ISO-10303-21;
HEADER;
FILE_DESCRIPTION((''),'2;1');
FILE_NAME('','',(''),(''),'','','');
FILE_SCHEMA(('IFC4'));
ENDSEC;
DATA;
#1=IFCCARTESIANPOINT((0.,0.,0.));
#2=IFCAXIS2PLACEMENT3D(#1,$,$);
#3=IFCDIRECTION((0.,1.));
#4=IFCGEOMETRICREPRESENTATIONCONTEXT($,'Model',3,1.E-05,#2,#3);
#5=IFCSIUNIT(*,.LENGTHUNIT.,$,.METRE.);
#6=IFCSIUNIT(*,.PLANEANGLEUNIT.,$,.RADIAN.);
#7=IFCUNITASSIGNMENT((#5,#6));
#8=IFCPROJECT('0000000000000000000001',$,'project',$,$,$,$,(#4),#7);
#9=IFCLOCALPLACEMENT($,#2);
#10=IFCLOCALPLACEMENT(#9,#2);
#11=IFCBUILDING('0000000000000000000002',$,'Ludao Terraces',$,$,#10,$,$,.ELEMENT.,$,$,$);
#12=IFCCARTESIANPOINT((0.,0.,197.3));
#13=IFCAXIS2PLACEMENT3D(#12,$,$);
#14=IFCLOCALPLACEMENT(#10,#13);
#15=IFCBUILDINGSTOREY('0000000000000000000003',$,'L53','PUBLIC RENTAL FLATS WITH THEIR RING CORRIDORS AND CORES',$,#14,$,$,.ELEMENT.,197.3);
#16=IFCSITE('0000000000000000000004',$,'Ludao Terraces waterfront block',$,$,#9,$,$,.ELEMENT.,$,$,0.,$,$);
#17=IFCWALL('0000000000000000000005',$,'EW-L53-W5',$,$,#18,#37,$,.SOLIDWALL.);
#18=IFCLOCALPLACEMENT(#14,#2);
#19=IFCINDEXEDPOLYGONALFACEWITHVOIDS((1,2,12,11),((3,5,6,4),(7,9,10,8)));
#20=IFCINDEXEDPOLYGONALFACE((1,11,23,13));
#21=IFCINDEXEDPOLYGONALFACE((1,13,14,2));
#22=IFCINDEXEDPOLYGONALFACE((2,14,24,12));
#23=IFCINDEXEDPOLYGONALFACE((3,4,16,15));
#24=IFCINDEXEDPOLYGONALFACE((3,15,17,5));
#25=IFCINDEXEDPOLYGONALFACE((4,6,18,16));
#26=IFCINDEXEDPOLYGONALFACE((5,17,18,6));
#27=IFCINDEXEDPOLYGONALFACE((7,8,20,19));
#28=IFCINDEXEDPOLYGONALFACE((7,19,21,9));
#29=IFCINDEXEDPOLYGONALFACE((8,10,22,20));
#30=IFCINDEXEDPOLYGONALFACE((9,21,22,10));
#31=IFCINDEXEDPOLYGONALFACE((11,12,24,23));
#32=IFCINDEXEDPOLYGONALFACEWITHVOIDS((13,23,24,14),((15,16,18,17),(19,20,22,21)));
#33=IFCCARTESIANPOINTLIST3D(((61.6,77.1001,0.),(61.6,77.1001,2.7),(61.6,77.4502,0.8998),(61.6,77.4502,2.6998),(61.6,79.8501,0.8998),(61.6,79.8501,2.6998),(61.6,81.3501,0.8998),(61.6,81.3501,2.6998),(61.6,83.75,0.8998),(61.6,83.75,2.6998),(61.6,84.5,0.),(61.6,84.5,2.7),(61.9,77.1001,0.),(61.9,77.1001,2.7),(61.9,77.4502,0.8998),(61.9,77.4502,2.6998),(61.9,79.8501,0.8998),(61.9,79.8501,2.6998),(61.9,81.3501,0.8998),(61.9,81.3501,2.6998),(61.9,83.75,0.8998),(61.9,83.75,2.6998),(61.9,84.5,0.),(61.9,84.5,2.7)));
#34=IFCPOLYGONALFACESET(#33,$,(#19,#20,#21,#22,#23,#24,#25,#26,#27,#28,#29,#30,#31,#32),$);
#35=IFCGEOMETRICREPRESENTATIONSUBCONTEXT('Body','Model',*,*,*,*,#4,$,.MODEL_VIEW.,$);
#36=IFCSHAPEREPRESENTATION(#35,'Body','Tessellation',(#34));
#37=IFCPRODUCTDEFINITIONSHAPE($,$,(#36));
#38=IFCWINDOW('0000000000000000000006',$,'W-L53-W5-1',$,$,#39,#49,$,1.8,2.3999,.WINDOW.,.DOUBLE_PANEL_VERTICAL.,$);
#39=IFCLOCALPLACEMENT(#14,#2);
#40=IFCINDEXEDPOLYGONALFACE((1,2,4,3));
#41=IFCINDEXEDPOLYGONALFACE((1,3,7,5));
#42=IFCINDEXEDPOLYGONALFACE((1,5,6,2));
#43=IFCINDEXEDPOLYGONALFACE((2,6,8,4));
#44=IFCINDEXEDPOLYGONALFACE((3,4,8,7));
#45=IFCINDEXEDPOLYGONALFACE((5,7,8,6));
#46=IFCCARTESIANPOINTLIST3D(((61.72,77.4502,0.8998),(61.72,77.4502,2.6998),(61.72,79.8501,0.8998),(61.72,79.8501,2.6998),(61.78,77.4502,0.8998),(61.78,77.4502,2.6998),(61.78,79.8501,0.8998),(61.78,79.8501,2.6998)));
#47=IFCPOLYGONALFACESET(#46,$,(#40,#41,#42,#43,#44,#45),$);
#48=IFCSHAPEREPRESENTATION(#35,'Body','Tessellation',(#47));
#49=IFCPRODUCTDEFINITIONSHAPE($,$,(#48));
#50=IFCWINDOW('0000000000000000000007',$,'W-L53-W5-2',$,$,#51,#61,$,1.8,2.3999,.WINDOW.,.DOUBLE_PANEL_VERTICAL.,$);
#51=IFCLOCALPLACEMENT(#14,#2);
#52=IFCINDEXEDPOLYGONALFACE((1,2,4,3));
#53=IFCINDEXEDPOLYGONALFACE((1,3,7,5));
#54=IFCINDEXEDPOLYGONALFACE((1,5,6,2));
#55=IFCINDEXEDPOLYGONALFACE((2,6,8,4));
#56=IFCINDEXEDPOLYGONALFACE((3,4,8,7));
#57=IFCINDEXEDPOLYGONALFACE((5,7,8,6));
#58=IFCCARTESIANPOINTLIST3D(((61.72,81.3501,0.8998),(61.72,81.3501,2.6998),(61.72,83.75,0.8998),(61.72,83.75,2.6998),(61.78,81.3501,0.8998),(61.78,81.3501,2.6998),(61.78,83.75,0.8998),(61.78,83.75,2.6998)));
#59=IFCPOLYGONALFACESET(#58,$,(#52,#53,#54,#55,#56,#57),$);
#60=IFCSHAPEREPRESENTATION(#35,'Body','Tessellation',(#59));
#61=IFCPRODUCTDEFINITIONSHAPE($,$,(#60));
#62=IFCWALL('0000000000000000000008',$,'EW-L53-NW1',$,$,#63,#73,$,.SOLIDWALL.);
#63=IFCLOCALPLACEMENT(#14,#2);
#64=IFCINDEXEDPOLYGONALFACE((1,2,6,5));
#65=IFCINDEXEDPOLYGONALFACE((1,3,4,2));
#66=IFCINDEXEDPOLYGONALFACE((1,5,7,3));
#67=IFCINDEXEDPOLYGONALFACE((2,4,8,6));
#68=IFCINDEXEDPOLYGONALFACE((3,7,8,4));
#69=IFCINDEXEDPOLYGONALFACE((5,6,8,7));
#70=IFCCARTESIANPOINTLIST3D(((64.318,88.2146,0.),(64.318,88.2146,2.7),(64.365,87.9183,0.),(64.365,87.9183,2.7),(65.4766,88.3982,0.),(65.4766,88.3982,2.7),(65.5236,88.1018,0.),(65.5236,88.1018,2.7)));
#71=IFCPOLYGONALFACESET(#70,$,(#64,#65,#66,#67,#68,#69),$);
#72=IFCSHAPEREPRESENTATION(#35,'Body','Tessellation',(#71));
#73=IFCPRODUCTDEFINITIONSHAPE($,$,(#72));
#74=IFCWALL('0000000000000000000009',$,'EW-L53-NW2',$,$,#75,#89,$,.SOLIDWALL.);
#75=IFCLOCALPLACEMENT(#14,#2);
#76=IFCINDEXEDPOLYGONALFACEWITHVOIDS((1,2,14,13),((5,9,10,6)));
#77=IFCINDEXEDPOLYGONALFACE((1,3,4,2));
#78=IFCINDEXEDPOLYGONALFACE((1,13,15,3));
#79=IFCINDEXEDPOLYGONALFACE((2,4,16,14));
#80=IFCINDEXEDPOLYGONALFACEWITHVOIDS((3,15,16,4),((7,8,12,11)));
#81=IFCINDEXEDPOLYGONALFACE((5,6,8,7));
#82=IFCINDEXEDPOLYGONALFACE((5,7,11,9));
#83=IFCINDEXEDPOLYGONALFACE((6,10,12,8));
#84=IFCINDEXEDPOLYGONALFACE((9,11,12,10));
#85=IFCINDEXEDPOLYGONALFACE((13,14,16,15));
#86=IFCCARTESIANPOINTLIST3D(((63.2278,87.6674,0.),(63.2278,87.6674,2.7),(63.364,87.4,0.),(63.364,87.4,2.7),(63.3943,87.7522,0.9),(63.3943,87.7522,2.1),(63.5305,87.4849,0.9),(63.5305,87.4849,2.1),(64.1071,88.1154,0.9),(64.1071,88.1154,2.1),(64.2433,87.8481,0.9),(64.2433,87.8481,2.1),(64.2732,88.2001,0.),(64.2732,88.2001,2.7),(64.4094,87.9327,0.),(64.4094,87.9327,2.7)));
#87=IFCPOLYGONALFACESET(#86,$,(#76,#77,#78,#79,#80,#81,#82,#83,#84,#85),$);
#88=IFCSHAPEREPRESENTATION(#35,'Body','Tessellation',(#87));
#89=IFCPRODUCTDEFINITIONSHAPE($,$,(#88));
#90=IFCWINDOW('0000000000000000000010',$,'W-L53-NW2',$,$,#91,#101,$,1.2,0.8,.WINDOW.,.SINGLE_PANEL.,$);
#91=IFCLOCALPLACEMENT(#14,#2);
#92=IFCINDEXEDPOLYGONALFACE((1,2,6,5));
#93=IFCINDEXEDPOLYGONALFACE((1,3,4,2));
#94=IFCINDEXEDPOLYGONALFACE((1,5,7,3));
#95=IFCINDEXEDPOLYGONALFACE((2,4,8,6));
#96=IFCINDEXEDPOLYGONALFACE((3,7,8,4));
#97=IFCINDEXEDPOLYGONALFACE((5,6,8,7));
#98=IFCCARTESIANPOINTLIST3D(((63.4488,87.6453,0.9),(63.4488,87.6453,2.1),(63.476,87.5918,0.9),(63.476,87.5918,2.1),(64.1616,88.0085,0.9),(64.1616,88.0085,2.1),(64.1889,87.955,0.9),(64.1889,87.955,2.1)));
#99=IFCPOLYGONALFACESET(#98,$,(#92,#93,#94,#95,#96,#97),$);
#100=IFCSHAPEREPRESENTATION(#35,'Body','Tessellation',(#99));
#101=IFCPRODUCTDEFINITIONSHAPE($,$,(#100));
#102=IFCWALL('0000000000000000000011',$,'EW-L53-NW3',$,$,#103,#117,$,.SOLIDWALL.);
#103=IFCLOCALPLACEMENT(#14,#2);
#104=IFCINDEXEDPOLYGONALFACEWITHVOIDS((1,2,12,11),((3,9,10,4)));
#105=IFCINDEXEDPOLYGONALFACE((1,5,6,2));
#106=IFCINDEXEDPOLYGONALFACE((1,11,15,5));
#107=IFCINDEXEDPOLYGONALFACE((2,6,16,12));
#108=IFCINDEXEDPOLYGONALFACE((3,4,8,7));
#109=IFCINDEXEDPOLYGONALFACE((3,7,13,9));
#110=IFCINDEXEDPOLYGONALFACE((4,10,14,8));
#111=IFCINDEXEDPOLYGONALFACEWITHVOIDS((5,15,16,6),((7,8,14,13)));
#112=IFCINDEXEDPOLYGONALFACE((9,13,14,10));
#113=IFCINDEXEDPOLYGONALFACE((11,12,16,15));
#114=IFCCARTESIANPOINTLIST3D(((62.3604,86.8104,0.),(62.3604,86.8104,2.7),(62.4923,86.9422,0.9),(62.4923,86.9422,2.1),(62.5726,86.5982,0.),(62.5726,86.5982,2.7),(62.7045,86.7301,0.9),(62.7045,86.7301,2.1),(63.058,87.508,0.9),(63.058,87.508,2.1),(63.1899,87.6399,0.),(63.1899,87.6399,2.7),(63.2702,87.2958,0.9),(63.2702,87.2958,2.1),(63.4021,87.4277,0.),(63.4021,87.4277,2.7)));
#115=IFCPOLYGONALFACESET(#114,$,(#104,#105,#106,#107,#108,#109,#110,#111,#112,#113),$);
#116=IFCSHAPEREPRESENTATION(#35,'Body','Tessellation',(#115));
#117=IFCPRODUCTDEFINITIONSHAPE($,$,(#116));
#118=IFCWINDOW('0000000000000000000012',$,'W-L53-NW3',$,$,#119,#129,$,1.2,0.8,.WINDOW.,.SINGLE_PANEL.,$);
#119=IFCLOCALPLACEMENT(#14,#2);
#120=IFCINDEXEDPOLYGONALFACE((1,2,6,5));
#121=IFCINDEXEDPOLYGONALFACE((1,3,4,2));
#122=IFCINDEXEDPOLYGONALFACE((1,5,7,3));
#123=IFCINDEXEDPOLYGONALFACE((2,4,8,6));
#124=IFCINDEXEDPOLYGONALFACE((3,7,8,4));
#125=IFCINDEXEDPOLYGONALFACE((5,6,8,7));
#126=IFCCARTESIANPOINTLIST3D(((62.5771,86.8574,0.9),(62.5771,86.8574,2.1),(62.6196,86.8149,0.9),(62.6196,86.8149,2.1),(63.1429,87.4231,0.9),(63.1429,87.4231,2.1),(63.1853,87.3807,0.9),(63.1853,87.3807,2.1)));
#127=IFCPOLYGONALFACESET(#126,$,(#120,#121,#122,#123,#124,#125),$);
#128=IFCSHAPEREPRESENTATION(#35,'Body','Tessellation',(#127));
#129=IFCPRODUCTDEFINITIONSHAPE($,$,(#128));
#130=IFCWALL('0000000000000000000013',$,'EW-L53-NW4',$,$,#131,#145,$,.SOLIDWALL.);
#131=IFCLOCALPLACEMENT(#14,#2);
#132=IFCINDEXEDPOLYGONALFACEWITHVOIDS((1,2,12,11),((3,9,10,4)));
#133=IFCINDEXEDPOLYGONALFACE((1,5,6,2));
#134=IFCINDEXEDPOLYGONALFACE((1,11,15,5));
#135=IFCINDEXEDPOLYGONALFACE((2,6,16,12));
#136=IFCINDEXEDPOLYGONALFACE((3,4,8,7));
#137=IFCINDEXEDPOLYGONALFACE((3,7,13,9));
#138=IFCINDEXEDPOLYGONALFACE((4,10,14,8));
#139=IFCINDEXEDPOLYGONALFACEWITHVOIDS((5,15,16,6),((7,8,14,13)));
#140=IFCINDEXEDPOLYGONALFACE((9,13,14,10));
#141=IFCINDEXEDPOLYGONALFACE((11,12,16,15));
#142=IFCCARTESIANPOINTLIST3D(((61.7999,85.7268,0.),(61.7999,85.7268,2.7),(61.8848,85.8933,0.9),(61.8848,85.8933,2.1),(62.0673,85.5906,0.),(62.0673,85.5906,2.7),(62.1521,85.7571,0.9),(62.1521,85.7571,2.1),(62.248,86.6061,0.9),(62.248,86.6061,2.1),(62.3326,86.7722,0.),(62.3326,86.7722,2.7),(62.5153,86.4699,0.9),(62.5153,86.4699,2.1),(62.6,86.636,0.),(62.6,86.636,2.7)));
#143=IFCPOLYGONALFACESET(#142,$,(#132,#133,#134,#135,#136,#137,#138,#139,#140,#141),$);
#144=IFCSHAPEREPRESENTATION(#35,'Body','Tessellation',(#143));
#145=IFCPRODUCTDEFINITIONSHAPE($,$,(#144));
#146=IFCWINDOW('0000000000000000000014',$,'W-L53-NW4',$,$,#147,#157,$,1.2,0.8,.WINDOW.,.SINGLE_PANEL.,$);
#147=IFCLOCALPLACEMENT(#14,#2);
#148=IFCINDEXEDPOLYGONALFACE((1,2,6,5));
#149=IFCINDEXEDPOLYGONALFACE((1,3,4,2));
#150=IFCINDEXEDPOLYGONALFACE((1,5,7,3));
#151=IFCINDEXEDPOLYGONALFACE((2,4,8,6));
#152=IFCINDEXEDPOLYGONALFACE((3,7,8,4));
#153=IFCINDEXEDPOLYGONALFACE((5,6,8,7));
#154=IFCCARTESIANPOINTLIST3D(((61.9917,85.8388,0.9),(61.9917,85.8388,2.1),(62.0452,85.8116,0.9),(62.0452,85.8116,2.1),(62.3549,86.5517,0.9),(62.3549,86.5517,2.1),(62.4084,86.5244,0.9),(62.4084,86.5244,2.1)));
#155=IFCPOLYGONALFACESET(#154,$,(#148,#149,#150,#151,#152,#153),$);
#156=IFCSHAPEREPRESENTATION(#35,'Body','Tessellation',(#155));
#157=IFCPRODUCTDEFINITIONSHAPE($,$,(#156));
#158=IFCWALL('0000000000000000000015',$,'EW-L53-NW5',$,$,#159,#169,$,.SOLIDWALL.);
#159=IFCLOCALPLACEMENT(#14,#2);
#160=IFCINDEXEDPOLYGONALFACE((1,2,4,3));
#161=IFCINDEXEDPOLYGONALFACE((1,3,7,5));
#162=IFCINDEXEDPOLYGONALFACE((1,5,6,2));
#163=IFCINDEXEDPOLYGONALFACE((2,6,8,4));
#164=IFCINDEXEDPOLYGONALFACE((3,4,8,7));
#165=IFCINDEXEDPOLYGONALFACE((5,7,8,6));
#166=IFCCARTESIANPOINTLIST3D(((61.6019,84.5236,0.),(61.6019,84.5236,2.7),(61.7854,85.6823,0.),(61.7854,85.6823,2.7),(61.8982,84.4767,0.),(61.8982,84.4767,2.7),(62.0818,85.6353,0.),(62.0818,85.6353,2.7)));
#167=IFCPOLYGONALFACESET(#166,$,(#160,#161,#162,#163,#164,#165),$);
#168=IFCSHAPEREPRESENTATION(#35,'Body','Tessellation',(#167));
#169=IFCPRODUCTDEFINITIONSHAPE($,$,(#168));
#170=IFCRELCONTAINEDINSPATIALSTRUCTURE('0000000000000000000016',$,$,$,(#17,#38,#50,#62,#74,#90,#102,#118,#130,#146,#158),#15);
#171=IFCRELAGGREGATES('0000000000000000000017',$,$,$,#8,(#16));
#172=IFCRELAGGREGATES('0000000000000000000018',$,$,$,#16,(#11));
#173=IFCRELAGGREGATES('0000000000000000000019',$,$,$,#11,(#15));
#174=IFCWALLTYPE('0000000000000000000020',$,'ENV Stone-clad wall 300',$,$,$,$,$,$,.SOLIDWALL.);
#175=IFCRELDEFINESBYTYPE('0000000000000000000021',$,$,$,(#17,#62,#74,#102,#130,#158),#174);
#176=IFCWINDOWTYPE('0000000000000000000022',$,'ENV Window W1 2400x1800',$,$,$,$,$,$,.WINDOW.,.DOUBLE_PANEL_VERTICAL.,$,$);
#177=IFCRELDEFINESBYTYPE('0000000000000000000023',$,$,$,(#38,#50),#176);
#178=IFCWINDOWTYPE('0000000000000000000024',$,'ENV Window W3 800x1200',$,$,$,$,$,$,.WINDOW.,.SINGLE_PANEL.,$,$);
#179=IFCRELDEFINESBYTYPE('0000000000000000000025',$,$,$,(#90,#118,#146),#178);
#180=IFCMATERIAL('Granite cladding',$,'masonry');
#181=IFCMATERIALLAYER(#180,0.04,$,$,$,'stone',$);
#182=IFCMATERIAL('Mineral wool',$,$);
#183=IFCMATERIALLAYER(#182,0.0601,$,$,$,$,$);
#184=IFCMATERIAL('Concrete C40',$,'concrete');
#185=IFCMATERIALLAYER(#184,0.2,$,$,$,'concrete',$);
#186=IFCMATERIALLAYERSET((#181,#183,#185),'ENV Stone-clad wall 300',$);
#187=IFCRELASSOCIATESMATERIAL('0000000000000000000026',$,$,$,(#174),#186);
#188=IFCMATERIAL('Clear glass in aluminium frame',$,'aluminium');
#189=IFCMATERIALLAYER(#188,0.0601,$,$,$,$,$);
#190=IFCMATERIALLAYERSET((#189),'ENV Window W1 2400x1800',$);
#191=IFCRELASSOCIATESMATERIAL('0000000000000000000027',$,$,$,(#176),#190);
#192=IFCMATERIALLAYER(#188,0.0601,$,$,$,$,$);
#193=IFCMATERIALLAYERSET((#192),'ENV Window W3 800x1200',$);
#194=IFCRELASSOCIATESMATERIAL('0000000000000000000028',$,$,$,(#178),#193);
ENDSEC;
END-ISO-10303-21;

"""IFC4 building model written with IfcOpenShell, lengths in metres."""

from ifc_helpers import new_model, si_unit, direction, frame, frame_2d, origin, place, context, subcontext, project, spatial, rectangle, extrude, material, layer, layer_set, type_object, element, fill, save


model = new_model("IFC4")

# Units and contexts
model_context = context("Model", 3, precision=1e-05, world=origin(), true_north=direction((0.0, 1.0)))
body_context = subcontext(model_context, "Body", "Model", "MODEL_VIEW")
ifc_project = project(units=[si_unit("LENGTHUNIT", "METRE"), si_unit("PLANEANGLEUNIT", "RADIAN")], contexts=[model_context])

# Site, building, storey
site_placement = place(None, origin())
site = spatial("IfcSite", under=ifc_project, at=site_placement, Name="Ludao Terraces waterfront block", CompositionType="ELEMENT", RefElevation=0.0)
building_placement = place(site_placement, origin())
building = spatial("IfcBuilding", under=site, at=building_placement, Name="Ludao Terraces", CompositionType="ELEMENT")
storey_placement = place(building_placement, frame((0.0, 0.0, 197.3)))
storey = spatial("IfcBuildingStorey", under=building, at=storey_placement, Name="L53", Description="PUBLIC RENTAL FLATS WITH THEIR RING CORRIDORS AND CORES", CompositionType="ELEMENT", Elevation=197.3)

# Shared definitions
ifc_material_1 = material(Name="Concrete C40", Category="concrete")

# Wall, openings, windows
ifc_material_2 = material(Name="Granite cladding", Category="masonry")
ifc_layer_1 = layer(ifc_material_2, 0.04, Category="stone")
ifc_material_3 = material(Name="Mineral wool")
ifc_layer_2 = layer(ifc_material_3, 0.0601)
ifc_layer_3 = layer(ifc_material_1, 0.2, Category="concrete")
ifc_layer_set_1 = layer_set([ifc_layer_1, ifc_layer_2, ifc_layer_3], Name="ENV Stone-clad wall 300")
wall_type_1 = type_object("IfcWallType", Name="ENV Stone-clad wall 300", PredefinedType="SOLIDWALL", material=ifc_layer_set_1)
ifc_material_4 = material(Name="Clear glass in aluminium frame", Category="aluminium")
ifc_layer_4 = layer(ifc_material_4, 0.0601)
ifc_layer_set_2 = layer_set([ifc_layer_4], Name="ENV Window W1 2400x1800")
window_type_1 = type_object("IfcWindowType", Name="ENV Window W1 2400x1800", PartitioningType="DOUBLE_PANEL_VERTICAL", PredefinedType="WINDOW", material=ifc_layer_set_2)
wall_1_placement = place(storey_placement, frame((61.75, 77.1001, 0.0), z_axis=(0.0, 0.0, 1.0), x_axis=(0.0, 1.0, 0.0)))
wall_1 = element("IfcWall", 1, at=wall_1_placement, inside=storey, type_object=wall_type_1, Name="EW-L53-W5", PredefinedType="SOLIDWALL", context=body_context, shape_type="SweptSolid", body=[
    extrude(rectangle(XDim=7.3999, YDim=0.3, at=frame_2d((3.7, 0.0))), origin(), (0.0, 0.0, 1.0), 2.7),
])
opening_1_placement = place(wall_1_placement, frame((0.3501, 0.0, 0.8999)))
opening_1 = element("IfcOpeningElement", 2, at=opening_1_placement, cuts=wall_1, PredefinedType="OPENING", context=body_context, shape_type="SweptSolid", body=[
    extrude(rectangle(XDim=2.3999, YDim=1.8, at=frame_2d((1.2, 0.8999))), frame((0.0, 0.1602, 0.0), z_axis=(0.0, -1.0, 0.0), x_axis=(1.0, 0.0, 0.0)), (0.0, 0.0, 1.0), 0.3201),
])
opening_2_placement = place(wall_1_placement, frame((4.25, 0.0, 0.8999)))
opening_2 = element("IfcOpeningElement", 3, at=opening_2_placement, cuts=wall_1, PredefinedType="OPENING", context=body_context, shape_type="SweptSolid", body=[
    extrude(rectangle(XDim=2.3999, YDim=1.8, at=frame_2d((1.2, 0.8999))), frame((0.0, 0.1602, 0.0), z_axis=(0.0, -1.0, 0.0), x_axis=(1.0, 0.0, 0.0)), (0.0, 0.0, 1.0), 0.3201),
])
window_1_placement = place(opening_1_placement, origin())
window_1 = element("IfcWindow", 4, at=window_1_placement, inside=storey, type_object=window_type_1, Name="W-L53-W5-1", OverallHeight=1.8, OverallWidth=2.3999, PartitioningType="DOUBLE_PANEL_VERTICAL", PredefinedType="WINDOW", context=body_context, shape_type="SweptSolid", body=[
    extrude(rectangle(XDim=2.3999, YDim=1.8, at=frame_2d((1.2, 0.8999))), frame((0.0, 0.03, 0.0), z_axis=(0.0, -1.0, 0.0), x_axis=(1.0, 0.0, 0.0)), (0.0, 0.0, 1.0), 0.0601),
])
fill(opening_1, window_1)
window_2_placement = place(opening_2_placement, origin())
window_2 = element("IfcWindow", 5, at=window_2_placement, inside=storey, type_object=window_type_1, Name="W-L53-W5-2", OverallHeight=1.8, OverallWidth=2.3999, PartitioningType="DOUBLE_PANEL_VERTICAL", PredefinedType="WINDOW", context=body_context, shape_type="SweptSolid", body=[
    extrude(rectangle(XDim=2.3999, YDim=1.8, at=frame_2d((1.2, 0.8999))), frame((0.0, 0.03, 0.0), z_axis=(0.0, -1.0, 0.0), x_axis=(1.0, 0.0, 0.0)), (0.0, 0.0, 1.0), 0.0601),
])
fill(opening_2, window_2)

# Wall
wall_2_placement = place(storey_placement, frame((65.5, 88.25, 0.0), z_axis=(0.0, 0.0, 1.0), x_axis=(-0.987678, -0.156497, 0.0)))
element("IfcWall", 6, at=wall_2_placement, inside=storey, type_object=wall_type_1, Name="EW-L53-NW1", PredefinedType="SOLIDWALL", context=body_context, shape_type="SweptSolid", body=[
    extrude(rectangle(XDim=1.1731, YDim=0.3, at=frame_2d((0.5864, 0.0))), origin(), (0.0, 0.0, 1.0), 2.7),
])

# Walls, openings, windows
wall_3_placement = place(storey_placement, frame((64.3413, 88.0664, 0.0), z_axis=(0.0, 0.0, 1.0), x_axis=(-0.890989, -0.454026, 0.0)))
wall_3 = element("IfcWall", 7, at=wall_3_placement, inside=storey, type_object=wall_type_1, Name="EW-L53-NW2", PredefinedType="SOLIDWALL", context=body_context, shape_type="SweptSolid", body=[
    extrude(rectangle(XDim=1.1733, YDim=0.3, at=frame_2d((0.5867, 0.0))), origin(), (0.0, 0.0, 1.0), 2.7),
])
opening_3_placement = place(wall_3_placement, frame((0.1865, 0.0, 0.8999)))
opening_3 = element("IfcOpeningElement", 8, at=opening_3_placement, cuts=wall_3, PredefinedType="OPENING", context=body_context, shape_type="SweptSolid", body=[
    extrude(rectangle(XDim=0.8, YDim=1.2, at=frame_2d((0.3999, 0.6001))), frame((0.0, 0.1602, 0.0), z_axis=(0.0, -1.0, 0.0), x_axis=(1.0, 0.0, 0.0)), (0.0, 0.0, 1.0), 0.3201),
])
ifc_layer_5 = layer(ifc_material_4, 0.0601)
ifc_layer_set_3 = layer_set([ifc_layer_5], Name="ENV Window W3 800x1200")
window_type_2 = type_object("IfcWindowType", Name="ENV Window W3 800x1200", PartitioningType="SINGLE_PANEL", PredefinedType="WINDOW", material=ifc_layer_set_3)
window_3_placement = place(opening_3_placement, origin())
window_3 = element("IfcWindow", 9, at=window_3_placement, inside=storey, type_object=window_type_2, Name="W-L53-NW2", OverallHeight=1.2, OverallWidth=0.8, PartitioningType="SINGLE_PANEL", PredefinedType="WINDOW", context=body_context, shape_type="SweptSolid", body=[
    extrude(rectangle(XDim=0.8, YDim=1.2, at=frame_2d((0.3999, 0.6001))), frame((0.0, 0.03, 0.0), z_axis=(0.0, -1.0, 0.0), x_axis=(1.0, 0.0, 0.0)), (0.0, 0.0, 1.0), 0.0601),
])
fill(opening_3, window_3)
wall_4_placement = place(storey_placement, frame((63.2959, 87.5337, 0.0), z_axis=(0.0, 0.0, 1.0), x_axis=(-0.707107, -0.707107, 0.0)))
wall_4 = element("IfcWall", 10, at=wall_4_placement, inside=storey, type_object=wall_type_1, Name="EW-L53-NW3", PredefinedType="SOLIDWALL", context=body_context, shape_type="SweptSolid", body=[
    extrude(rectangle(XDim=1.1731, YDim=0.3, at=frame_2d((0.5864, 0.0))), origin(), (0.0, 0.0, 1.0), 2.7),
])
opening_4_placement = place(wall_4_placement, frame((0.1865, 0.0, 0.8999)))
opening_4 = element("IfcOpeningElement", 11, at=opening_4_placement, cuts=wall_4, PredefinedType="OPENING", context=body_context, shape_type="SweptSolid", body=[
    extrude(rectangle(XDim=0.8, YDim=1.2, at=frame_2d((0.3999, 0.6001))), frame((0.0, 0.1602, 0.0), z_axis=(0.0, -1.0, 0.0), x_axis=(1.0, 0.0, 0.0)), (0.0, 0.0, 1.0), 0.3201),
])
window_4_placement = place(opening_4_placement, origin())
window_4 = element("IfcWindow", 12, at=window_4_placement, inside=storey, type_object=window_type_2, Name="W-L53-NW3", OverallHeight=1.2, OverallWidth=0.8, PartitioningType="SINGLE_PANEL", PredefinedType="WINDOW", context=body_context, shape_type="SweptSolid", body=[
    extrude(rectangle(XDim=0.8, YDim=1.2, at=frame_2d((0.3999, 0.6001))), frame((0.0, 0.03, 0.0), z_axis=(0.0, -1.0, 0.0), x_axis=(1.0, 0.0, 0.0)), (0.0, 0.0, 1.0), 0.0601),
])
fill(opening_4, window_4)
wall_5_placement = place(storey_placement, frame((62.4663, 86.7041, 0.0), z_axis=(0.0, 0.0, 1.0), x_axis=(-0.454026, -0.890989, 0.0)))
wall_5 = element("IfcWall", 13, at=wall_5_placement, inside=storey, type_object=wall_type_1, Name="EW-L53-NW4", PredefinedType="SOLIDWALL", context=body_context, shape_type="SweptSolid", body=[
    extrude(rectangle(XDim=1.1733, YDim=0.3, at=frame_2d((0.5867, 0.0))), origin(), (0.0, 0.0, 1.0), 2.7),
])
opening_5_placement = place(wall_5_placement, frame((0.1865, 0.0, 0.8999)))
opening_5 = element("IfcOpeningElement", 14, at=opening_5_placement, cuts=wall_5, PredefinedType="OPENING", context=body_context, shape_type="SweptSolid", body=[
    extrude(rectangle(XDim=0.8, YDim=1.2, at=frame_2d((0.3999, 0.6001))), frame((0.0, 0.1602, 0.0), z_axis=(0.0, -1.0, 0.0), x_axis=(1.0, 0.0, 0.0)), (0.0, 0.0, 1.0), 0.3201),
])
window_5_placement = place(opening_5_placement, origin())
window_5 = element("IfcWindow", 15, at=window_5_placement, inside=storey, type_object=window_type_2, Name="W-L53-NW4", OverallHeight=1.2, OverallWidth=0.8, PartitioningType="SINGLE_PANEL", PredefinedType="WINDOW", context=body_context, shape_type="SweptSolid", body=[
    extrude(rectangle(XDim=0.8, YDim=1.2, at=frame_2d((0.3999, 0.6001))), frame((0.0, 0.03, 0.0), z_axis=(0.0, -1.0, 0.0), x_axis=(1.0, 0.0, 0.0)), (0.0, 0.0, 1.0), 0.0601),
])
fill(opening_5, window_5)

# Wall
wall_6_placement = place(storey_placement, frame((61.9336, 85.6587, 0.0), z_axis=(0.0, 0.0, 1.0), x_axis=(-0.156497, -0.987678, 0.0)))
element("IfcWall", 16, at=wall_6_placement, inside=storey, type_object=wall_type_1, Name="EW-L53-NW5", PredefinedType="SOLIDWALL", context=body_context, shape_type="SweptSolid", body=[
    extrude(rectangle(XDim=1.1731, YDim=0.3, at=frame_2d((0.5864, 0.0))), origin(), (0.0, 0.0, 1.0), 2.7),
])

save(model, "model.ifc")
